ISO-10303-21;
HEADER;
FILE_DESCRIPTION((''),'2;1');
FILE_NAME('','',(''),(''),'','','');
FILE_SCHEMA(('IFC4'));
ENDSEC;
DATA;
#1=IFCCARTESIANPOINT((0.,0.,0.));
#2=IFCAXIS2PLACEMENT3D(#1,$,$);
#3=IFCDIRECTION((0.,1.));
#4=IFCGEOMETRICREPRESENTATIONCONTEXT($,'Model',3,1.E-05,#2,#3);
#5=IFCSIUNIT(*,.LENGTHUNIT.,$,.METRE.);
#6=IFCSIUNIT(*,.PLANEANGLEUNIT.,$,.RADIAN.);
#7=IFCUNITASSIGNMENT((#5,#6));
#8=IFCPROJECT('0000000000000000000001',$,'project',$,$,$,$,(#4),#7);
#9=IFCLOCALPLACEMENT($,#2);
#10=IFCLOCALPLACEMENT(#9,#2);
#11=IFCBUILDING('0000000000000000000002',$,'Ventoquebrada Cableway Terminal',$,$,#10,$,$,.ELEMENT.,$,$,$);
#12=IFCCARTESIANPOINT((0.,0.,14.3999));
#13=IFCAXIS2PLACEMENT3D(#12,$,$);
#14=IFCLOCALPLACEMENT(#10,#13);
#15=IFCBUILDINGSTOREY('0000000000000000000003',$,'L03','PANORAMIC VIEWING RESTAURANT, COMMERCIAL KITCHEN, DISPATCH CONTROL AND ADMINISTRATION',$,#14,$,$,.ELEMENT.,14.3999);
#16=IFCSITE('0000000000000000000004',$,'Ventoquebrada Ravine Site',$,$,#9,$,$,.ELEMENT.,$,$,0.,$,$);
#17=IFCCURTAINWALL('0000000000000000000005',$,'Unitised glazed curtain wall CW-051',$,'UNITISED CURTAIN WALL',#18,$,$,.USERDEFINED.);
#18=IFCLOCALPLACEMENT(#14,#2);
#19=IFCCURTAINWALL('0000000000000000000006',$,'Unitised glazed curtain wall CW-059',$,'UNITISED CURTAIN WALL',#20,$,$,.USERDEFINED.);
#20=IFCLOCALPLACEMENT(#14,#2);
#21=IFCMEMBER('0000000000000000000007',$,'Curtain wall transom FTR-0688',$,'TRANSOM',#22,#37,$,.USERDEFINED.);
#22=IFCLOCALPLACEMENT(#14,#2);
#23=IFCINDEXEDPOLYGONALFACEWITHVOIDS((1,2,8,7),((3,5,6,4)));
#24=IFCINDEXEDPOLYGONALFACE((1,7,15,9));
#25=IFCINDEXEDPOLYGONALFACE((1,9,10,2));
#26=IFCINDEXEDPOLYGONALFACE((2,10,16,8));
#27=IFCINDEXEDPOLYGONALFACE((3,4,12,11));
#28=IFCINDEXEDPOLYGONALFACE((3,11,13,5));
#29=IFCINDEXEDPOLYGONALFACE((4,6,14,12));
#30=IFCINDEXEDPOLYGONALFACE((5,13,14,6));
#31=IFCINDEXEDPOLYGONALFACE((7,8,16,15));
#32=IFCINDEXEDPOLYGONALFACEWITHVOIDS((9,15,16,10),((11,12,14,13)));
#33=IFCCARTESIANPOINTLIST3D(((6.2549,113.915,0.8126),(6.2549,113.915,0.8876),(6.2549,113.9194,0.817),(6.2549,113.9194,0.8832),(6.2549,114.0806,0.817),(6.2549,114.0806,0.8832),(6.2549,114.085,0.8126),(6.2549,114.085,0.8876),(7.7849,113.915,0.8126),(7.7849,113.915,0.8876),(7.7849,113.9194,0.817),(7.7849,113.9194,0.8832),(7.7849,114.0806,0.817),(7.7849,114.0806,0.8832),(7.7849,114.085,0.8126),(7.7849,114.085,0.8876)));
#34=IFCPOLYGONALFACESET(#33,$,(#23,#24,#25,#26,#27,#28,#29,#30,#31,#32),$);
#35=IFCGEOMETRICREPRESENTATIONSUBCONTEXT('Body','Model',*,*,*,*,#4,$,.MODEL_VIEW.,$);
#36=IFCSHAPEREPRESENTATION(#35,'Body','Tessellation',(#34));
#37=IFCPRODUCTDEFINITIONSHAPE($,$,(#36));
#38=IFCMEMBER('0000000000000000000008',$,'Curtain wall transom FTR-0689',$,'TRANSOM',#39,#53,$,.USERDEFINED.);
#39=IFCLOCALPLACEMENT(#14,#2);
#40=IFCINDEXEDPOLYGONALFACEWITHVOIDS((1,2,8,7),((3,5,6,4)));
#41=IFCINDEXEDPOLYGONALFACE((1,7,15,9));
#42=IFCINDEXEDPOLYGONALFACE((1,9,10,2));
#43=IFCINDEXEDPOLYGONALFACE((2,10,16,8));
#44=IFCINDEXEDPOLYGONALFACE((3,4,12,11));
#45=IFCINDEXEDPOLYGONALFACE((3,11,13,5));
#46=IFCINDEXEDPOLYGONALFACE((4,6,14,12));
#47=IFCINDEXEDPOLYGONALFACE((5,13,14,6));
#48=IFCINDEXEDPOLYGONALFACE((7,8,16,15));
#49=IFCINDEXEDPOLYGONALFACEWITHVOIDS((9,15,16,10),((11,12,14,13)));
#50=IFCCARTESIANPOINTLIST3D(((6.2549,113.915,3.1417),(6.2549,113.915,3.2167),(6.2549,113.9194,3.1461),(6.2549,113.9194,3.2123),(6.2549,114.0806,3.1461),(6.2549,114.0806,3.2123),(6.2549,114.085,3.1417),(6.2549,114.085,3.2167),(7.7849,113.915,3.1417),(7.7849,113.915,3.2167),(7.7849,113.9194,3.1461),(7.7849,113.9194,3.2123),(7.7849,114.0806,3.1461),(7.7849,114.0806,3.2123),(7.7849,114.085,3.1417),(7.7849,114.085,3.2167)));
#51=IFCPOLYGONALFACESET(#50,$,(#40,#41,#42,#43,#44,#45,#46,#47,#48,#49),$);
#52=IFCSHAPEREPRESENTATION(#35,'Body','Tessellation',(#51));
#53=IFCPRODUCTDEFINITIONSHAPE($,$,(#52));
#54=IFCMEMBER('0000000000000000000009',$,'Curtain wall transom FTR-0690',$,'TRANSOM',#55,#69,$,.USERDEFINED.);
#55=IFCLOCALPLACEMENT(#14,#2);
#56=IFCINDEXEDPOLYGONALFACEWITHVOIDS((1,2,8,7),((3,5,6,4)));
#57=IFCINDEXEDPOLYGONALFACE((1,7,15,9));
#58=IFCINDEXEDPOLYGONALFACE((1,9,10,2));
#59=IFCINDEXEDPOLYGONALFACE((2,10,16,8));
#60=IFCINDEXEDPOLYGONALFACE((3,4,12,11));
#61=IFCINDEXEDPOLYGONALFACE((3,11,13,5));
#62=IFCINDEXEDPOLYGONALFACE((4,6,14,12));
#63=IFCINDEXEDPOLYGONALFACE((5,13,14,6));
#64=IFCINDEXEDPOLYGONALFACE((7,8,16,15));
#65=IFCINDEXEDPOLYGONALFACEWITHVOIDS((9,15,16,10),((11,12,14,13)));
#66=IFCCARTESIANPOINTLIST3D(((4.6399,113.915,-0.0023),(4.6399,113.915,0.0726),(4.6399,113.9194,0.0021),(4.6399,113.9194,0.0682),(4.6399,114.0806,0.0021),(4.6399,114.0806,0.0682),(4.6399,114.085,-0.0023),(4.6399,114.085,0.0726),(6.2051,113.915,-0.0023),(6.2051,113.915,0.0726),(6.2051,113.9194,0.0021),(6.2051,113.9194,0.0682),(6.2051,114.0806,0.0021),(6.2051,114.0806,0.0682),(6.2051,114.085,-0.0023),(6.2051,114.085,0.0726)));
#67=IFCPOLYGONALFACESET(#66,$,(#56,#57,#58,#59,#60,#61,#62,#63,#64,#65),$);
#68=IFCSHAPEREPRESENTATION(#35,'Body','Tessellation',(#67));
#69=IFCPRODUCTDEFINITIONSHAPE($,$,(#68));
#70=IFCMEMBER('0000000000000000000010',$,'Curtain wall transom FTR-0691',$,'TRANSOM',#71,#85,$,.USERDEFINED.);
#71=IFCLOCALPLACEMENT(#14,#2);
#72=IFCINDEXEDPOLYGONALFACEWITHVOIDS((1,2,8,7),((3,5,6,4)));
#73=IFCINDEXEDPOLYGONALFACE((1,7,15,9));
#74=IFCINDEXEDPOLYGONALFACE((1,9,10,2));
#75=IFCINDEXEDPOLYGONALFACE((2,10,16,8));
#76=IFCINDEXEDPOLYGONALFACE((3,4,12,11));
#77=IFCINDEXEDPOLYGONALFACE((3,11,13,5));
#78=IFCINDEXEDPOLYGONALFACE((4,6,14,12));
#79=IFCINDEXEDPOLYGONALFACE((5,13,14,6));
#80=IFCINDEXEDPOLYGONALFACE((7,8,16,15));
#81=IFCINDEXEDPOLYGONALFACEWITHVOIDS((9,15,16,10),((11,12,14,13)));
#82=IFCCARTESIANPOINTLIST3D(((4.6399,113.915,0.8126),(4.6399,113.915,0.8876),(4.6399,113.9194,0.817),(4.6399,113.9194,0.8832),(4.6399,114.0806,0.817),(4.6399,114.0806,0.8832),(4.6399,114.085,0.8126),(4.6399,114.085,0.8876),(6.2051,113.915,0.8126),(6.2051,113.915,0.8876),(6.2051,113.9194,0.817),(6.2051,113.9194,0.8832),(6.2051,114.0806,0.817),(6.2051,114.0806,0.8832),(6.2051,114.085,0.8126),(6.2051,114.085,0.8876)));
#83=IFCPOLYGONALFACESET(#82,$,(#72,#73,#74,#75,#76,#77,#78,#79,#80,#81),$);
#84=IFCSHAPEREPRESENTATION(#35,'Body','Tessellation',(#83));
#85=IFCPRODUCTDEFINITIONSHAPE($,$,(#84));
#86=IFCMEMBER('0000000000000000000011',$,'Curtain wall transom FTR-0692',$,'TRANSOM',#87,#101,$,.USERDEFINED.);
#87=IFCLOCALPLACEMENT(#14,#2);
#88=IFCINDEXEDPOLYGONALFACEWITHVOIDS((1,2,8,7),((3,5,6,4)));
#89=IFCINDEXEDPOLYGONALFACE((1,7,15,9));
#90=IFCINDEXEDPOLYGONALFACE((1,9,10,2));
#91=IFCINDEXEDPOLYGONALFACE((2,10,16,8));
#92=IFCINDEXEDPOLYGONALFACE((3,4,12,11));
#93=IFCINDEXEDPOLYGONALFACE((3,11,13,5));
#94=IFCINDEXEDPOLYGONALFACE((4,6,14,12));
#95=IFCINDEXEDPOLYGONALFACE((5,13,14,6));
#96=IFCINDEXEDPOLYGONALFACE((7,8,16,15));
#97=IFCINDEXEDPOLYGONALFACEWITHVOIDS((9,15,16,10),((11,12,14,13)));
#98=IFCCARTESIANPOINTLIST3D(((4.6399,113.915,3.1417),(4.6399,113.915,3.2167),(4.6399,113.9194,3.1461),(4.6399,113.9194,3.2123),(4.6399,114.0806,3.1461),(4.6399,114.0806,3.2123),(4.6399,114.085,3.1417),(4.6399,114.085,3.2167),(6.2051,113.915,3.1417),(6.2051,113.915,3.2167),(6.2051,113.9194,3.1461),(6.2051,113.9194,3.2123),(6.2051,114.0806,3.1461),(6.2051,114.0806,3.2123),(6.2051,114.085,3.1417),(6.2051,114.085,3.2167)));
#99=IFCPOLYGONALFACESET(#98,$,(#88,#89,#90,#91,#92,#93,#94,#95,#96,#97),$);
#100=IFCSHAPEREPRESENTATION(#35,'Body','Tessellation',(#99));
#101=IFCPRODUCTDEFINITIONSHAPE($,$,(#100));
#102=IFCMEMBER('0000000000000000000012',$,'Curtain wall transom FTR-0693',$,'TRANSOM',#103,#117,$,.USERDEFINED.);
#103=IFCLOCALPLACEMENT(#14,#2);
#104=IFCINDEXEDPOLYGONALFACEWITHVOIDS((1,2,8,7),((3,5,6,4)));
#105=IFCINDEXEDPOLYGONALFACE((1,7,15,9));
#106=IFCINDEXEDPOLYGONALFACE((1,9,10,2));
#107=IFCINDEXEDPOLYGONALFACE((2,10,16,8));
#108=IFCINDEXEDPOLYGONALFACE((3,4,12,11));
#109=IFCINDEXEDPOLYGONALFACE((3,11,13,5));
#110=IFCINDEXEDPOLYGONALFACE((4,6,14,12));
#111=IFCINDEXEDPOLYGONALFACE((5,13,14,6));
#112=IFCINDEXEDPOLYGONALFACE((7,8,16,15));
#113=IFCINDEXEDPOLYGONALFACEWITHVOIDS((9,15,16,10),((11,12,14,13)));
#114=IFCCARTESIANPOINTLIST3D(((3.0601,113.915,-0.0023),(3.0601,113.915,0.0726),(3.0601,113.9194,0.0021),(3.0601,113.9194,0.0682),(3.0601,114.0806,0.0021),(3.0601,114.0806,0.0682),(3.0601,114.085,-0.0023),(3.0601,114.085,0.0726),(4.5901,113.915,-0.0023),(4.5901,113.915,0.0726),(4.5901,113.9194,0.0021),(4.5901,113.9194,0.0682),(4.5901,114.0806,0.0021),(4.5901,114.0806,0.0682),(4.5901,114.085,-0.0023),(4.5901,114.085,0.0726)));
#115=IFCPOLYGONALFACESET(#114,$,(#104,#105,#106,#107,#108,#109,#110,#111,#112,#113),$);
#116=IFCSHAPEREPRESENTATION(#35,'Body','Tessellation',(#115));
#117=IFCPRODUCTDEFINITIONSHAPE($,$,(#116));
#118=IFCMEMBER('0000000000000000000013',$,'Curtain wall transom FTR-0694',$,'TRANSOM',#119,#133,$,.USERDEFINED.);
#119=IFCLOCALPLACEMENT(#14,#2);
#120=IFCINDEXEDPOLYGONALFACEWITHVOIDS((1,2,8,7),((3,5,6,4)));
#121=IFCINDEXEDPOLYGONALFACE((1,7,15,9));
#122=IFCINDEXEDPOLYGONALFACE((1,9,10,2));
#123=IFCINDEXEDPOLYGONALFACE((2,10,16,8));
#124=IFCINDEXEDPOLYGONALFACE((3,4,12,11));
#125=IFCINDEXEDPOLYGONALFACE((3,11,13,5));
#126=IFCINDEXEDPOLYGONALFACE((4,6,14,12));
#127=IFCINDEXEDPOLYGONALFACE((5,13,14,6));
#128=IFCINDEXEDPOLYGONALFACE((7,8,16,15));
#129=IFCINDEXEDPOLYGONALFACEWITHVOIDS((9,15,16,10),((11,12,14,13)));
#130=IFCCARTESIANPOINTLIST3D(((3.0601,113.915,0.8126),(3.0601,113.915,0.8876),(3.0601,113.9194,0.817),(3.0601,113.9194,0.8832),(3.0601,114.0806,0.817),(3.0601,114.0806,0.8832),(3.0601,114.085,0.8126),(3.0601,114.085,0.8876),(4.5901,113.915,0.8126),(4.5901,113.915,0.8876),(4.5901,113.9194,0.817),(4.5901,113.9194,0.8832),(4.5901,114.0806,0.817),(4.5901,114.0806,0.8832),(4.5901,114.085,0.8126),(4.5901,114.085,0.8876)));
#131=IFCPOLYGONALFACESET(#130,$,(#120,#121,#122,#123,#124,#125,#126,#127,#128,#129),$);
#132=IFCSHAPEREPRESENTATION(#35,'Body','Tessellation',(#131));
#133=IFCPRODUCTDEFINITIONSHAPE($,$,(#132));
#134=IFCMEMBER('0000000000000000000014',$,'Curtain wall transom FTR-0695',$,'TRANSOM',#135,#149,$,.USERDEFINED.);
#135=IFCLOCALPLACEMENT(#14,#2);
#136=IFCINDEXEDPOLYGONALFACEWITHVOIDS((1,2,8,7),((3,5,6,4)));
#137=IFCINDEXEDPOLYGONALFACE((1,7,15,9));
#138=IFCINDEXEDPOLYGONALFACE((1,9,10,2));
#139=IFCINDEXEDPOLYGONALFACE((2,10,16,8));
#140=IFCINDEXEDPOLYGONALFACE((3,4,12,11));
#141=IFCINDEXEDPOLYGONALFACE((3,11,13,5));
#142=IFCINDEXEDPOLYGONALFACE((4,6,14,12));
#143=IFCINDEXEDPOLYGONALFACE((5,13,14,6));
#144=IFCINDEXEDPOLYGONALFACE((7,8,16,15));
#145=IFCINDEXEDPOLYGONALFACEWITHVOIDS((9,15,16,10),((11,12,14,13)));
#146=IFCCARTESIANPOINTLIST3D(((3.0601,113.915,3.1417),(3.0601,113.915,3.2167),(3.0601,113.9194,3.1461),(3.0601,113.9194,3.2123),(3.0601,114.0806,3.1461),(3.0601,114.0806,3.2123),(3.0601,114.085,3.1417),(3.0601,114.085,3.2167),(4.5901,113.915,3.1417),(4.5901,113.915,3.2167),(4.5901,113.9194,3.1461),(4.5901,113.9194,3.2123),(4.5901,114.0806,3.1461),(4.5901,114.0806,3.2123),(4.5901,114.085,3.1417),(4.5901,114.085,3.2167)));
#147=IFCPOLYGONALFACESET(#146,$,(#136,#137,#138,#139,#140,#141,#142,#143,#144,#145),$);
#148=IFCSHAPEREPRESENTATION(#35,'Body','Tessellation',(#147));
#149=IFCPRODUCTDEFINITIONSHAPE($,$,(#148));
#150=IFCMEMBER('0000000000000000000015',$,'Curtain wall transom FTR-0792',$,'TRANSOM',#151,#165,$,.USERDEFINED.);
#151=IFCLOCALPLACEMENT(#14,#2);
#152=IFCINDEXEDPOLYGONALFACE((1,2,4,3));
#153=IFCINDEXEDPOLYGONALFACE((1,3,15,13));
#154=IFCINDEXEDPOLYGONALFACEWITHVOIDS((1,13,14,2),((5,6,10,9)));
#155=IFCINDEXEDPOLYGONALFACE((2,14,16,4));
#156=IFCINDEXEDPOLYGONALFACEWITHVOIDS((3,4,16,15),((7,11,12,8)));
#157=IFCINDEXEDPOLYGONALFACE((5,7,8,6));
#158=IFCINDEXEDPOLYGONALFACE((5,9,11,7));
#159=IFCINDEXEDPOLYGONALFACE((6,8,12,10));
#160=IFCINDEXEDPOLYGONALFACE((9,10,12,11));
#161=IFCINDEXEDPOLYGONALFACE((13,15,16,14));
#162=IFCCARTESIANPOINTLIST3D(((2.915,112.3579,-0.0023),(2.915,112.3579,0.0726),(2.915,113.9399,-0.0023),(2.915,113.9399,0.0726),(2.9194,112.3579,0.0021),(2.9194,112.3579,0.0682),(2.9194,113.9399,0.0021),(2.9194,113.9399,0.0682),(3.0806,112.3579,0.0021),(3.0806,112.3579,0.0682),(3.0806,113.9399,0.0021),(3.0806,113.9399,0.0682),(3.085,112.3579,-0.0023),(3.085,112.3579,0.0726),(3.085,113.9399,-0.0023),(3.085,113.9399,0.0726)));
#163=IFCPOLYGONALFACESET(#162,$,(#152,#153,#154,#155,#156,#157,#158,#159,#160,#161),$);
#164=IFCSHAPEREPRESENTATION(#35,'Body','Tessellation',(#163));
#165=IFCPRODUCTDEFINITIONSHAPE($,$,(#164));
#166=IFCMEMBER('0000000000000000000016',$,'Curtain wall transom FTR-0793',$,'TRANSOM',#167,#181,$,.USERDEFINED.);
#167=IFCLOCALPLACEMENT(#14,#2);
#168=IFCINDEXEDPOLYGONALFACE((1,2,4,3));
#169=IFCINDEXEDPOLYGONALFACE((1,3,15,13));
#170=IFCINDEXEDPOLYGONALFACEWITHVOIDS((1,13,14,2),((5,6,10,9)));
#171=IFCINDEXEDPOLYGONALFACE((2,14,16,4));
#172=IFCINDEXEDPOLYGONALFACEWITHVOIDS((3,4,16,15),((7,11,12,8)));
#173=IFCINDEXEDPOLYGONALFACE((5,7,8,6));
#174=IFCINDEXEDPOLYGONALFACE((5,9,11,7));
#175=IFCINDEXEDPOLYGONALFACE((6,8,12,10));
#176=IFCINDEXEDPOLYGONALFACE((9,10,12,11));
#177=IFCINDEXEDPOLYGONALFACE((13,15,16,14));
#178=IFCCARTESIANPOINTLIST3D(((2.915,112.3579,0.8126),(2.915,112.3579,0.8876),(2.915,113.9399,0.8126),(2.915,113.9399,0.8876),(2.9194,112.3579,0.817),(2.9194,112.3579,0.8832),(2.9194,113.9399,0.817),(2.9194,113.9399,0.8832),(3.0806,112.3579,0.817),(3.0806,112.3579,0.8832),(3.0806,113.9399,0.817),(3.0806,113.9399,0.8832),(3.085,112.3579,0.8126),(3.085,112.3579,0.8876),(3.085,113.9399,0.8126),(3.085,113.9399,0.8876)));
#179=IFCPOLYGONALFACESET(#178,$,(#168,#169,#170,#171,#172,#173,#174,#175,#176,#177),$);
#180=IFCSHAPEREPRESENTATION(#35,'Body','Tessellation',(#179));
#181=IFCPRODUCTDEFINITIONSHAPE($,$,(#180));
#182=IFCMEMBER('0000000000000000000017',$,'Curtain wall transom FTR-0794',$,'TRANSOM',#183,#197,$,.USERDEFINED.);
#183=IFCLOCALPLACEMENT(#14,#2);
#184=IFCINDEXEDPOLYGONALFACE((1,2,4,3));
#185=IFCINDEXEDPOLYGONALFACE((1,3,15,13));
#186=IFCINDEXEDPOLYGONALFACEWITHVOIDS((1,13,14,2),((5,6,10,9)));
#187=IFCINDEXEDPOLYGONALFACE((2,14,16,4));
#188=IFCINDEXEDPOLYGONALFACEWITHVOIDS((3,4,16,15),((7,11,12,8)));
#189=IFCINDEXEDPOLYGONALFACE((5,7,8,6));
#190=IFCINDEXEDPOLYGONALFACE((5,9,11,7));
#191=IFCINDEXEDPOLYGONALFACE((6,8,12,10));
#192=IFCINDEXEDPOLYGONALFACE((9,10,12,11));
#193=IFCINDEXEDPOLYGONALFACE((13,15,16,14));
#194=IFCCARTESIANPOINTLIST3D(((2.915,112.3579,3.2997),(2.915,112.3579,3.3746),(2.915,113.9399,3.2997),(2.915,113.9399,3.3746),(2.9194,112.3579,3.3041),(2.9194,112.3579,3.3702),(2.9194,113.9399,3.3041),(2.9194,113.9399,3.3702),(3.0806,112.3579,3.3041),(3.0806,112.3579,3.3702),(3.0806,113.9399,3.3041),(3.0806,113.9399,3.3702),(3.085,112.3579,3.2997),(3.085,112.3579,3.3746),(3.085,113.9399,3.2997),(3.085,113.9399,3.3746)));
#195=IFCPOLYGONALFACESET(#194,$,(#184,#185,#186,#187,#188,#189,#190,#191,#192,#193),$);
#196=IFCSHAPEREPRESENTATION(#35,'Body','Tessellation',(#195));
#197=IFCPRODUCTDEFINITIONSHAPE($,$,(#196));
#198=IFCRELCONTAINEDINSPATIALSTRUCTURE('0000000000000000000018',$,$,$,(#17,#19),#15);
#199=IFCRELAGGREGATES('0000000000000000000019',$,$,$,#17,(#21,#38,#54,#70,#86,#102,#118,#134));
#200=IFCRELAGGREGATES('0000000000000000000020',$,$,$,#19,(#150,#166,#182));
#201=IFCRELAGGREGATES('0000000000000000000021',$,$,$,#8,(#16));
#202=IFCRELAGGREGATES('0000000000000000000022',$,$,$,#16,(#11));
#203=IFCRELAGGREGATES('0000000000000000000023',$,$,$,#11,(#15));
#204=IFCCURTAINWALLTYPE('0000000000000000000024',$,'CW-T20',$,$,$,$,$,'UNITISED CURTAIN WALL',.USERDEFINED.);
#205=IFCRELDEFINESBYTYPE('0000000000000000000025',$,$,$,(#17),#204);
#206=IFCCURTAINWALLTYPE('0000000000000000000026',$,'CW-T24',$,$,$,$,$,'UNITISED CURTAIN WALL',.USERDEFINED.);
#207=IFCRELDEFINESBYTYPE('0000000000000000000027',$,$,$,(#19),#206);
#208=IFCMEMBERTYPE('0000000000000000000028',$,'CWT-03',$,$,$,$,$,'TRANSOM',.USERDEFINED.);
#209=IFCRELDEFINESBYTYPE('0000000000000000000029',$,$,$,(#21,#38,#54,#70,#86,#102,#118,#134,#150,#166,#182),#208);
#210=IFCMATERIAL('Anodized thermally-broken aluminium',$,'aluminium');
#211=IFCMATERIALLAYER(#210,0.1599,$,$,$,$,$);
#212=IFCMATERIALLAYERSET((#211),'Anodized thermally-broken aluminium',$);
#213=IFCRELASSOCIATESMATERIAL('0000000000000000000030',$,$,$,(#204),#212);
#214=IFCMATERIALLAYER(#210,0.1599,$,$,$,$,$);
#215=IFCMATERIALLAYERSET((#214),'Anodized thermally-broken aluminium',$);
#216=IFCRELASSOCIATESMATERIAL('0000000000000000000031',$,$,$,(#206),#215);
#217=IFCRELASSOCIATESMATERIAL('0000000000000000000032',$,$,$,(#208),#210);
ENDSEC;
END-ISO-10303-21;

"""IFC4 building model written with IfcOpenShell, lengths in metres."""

from ifc_helpers import new_model, si_unit, direction, frame, origin, origin_2d, place, context, subcontext, project, spatial, hollow_rectangle, extrude, material, layer, layer_set, material_profile, profile_set, type_object, element, aggregate, save


model = new_model("IFC4")

# Units and contexts
model_context = context("Model", 3, precision=1e-05, world=origin(), true_north=direction((0.0, 1.0)))
body_context = subcontext(model_context, "Body", "Model", "MODEL_VIEW")
ifc_project = project(units=[si_unit("LENGTHUNIT", "METRE"), si_unit("PLANEANGLEUNIT", "RADIAN")], contexts=[model_context])

# Site, building, storey
site_placement = place(None, origin())
site = spatial("IfcSite", under=ifc_project, at=site_placement, Name="Ventoquebrada Ravine Site", CompositionType="ELEMENT", RefElevation=0.0)
building_placement = place(site_placement, origin())
building = spatial("IfcBuilding", under=site, at=building_placement, Name="Ventoquebrada Cableway Terminal", CompositionType="ELEMENT")
storey_placement = place(building_placement, frame((0.0, 0.0, 14.3999)))
storey = spatial("IfcBuildingStorey", under=building, at=storey_placement, Name="L03", Description="PANORAMIC VIEWING RESTAURANT, COMMERCIAL KITCHEN, DISPATCH CONTROL AND ADMINISTRATION", CompositionType="ELEMENT", Elevation=14.3999)

# Curtain wall
ifc_material_1 = material(Name="Anodized thermally-broken aluminium", Category="aluminium")
ifc_layer_1 = layer(ifc_material_1, 0.1599)
ifc_layer_set_1 = layer_set([ifc_layer_1], Name="Anodized thermally-broken aluminium")
curtain_wall_type_1 = type_object("IfcCurtainWallType", Name="CW-T20", ElementType="UNITISED CURTAIN WALL", PredefinedType="USERDEFINED", material=ifc_layer_set_1)
curtain_wall_1_placement = place(storey_placement, origin())
curtain_wall_1 = element("IfcCurtainWall", 1, at=curtain_wall_1_placement, inside=storey, type_object=curtain_wall_type_1, Name="Unitised glazed curtain wall CW-051", ObjectType="UNITISED CURTAIN WALL", PredefinedType="USERDEFINED")

# Curtain wall
ifc_layer_2 = layer(ifc_material_1, 0.1599)
ifc_layer_set_2 = layer_set([ifc_layer_2], Name="Anodized thermally-broken aluminium")
curtain_wall_type_2 = type_object("IfcCurtainWallType", Name="CW-T24", ElementType="UNITISED CURTAIN WALL", PredefinedType="USERDEFINED", material=ifc_layer_set_2)
curtain_wall_2_placement = place(storey_placement, origin())
curtain_wall_2 = element("IfcCurtainWall", 2, at=curtain_wall_2_placement, inside=storey, type_object=curtain_wall_type_2, Name="Unitised glazed curtain wall CW-059", ObjectType="UNITISED CURTAIN WALL", PredefinedType="USERDEFINED")

# Members
ifc_material_profile_1 = material_profile(ifc_material_1, hollow_rectangle(XDim=0.075, YDim=0.1699, WallThickness=0.0044, at=origin_2d()), Name="CW-TRN-75X170")
ifc_profile_set_1 = profile_set([ifc_material_profile_1], Name="Anodized thermally-broken aluminium")
member_type_1 = type_object("IfcMemberType", Name="CWT-03", ElementType="TRANSOM", PredefinedType="USERDEFINED", material=ifc_profile_set_1)
member_1_placement = place(storey_placement, frame((7.7849, 114.0, 0.8501), z_axis=(-1.0, 0.0, 0.0), x_axis=(0.0, 0.0, 1.0)))
member_1 = element("IfcMember", 3, at=member_1_placement, type_object=member_type_1, Name="Curtain wall transom FTR-0688", ObjectType="TRANSOM", PredefinedType="USERDEFINED", context=body_context, shape_type="SweptSolid", body=[
    extrude(hollow_rectangle(XDim=0.075, YDim=0.1699, WallThickness=0.0044, at=origin_2d()), origin(), (0.0, 0.0, 1.0), 1.53),
])
member_2_placement = place(storey_placement, frame((7.7849, 114.0, 3.1792), z_axis=(-1.0, 0.0, 0.0), x_axis=(0.0, 0.0, 1.0)))
member_2 = element("IfcMember", 4, at=member_2_placement, type_object=member_type_1, Name="Curtain wall transom FTR-0689", ObjectType="TRANSOM", PredefinedType="USERDEFINED", context=body_context, shape_type="SweptSolid", body=[
    extrude(hollow_rectangle(XDim=0.075, YDim=0.1699, WallThickness=0.0044, at=origin_2d()), origin(), (0.0, 0.0, 1.0), 1.53),
])
member_3_placement = place(storey_placement, frame((6.2051, 114.0, 0.0352), z_axis=(-1.0, 0.0, 0.0), x_axis=(0.0, 0.0, 1.0)))
member_3 = element("IfcMember", 5, at=member_3_placement, type_object=member_type_1, Name="Curtain wall transom FTR-0690", ObjectType="TRANSOM", PredefinedType="USERDEFINED", context=body_context, shape_type="SweptSolid", body=[
    extrude(hollow_rectangle(XDim=0.075, YDim=0.1699, WallThickness=0.0044, at=origin_2d()), origin(), (0.0, 0.0, 1.0), 1.5652),
])
member_4_placement = place(storey_placement, frame((6.2051, 114.0, 0.8501), z_axis=(-1.0, 0.0, 0.0), x_axis=(0.0, 0.0, 1.0)))
member_4 = element("IfcMember", 6, at=member_4_placement, type_object=member_type_1, Name="Curtain wall transom FTR-0691", ObjectType="TRANSOM", PredefinedType="USERDEFINED", context=body_context, shape_type="SweptSolid", body=[
    extrude(hollow_rectangle(XDim=0.075, YDim=0.1699, WallThickness=0.0044, at=origin_2d()), origin(), (0.0, 0.0, 1.0), 1.5652),
])
member_5_placement = place(storey_placement, frame((6.2051, 114.0, 3.1792), z_axis=(-1.0, 0.0, 0.0), x_axis=(0.0, 0.0, 1.0)))
member_5 = element("IfcMember", 7, at=member_5_placement, type_object=member_type_1, Name="Curtain wall transom FTR-0692", ObjectType="TRANSOM", PredefinedType="USERDEFINED", context=body_context, shape_type="SweptSolid", body=[
    extrude(hollow_rectangle(XDim=0.075, YDim=0.1699, WallThickness=0.0044, at=origin_2d()), origin(), (0.0, 0.0, 1.0), 1.5652),
])
member_6_placement = place(storey_placement, frame((4.5901, 114.0, 0.0352), z_axis=(-1.0, 0.0, 0.0), x_axis=(0.0, 0.0, 1.0)))
member_6 = element("IfcMember", 8, at=member_6_placement, type_object=member_type_1, Name="Curtain wall transom FTR-0693", ObjectType="TRANSOM", PredefinedType="USERDEFINED", context=body_context, shape_type="SweptSolid", body=[
    extrude(hollow_rectangle(XDim=0.075, YDim=0.1699, WallThickness=0.0044, at=origin_2d()), origin(), (0.0, 0.0, 1.0), 1.53),
])
member_7_placement = place(storey_placement, frame((4.5901, 114.0, 0.8501), z_axis=(-1.0, 0.0, 0.0), x_axis=(0.0, 0.0, 1.0)))
member_7 = element("IfcMember", 9, at=member_7_placement, type_object=member_type_1, Name="Curtain wall transom FTR-0694", ObjectType="TRANSOM", PredefinedType="USERDEFINED", context=body_context, shape_type="SweptSolid", body=[
    extrude(hollow_rectangle(XDim=0.075, YDim=0.1699, WallThickness=0.0044, at=origin_2d()), origin(), (0.0, 0.0, 1.0), 1.53),
])
member_8_placement = place(storey_placement, frame((4.5901, 114.0, 3.1792), z_axis=(-1.0, 0.0, 0.0), x_axis=(0.0, 0.0, 1.0)))
member_8 = element("IfcMember", 10, at=member_8_placement, type_object=member_type_1, Name="Curtain wall transom FTR-0695", ObjectType="TRANSOM", PredefinedType="USERDEFINED", context=body_context, shape_type="SweptSolid", body=[
    extrude(hollow_rectangle(XDim=0.075, YDim=0.1699, WallThickness=0.0044, at=origin_2d()), origin(), (0.0, 0.0, 1.0), 1.53),
])
member_9_placement = place(storey_placement, frame((3.0, 113.9399, 0.0352), z_axis=(0.0, -1.0, 0.0), x_axis=(0.0, 0.0, 1.0)))
member_9 = element("IfcMember", 11, at=member_9_placement, type_object=member_type_1, Name="Curtain wall transom FTR-0792", ObjectType="TRANSOM", PredefinedType="USERDEFINED", context=body_context, shape_type="SweptSolid", body=[
    extrude(hollow_rectangle(XDim=0.075, YDim=0.1699, WallThickness=0.0044, at=origin_2d()), origin(), (0.0, 0.0, 1.0), 1.582),
])
member_10_placement = place(storey_placement, frame((3.0, 113.9399, 0.8501), z_axis=(0.0, -1.0, 0.0), x_axis=(0.0, 0.0, 1.0)))
member_10 = element("IfcMember", 12, at=member_10_placement, type_object=member_type_1, Name="Curtain wall transom FTR-0793", ObjectType="TRANSOM", PredefinedType="USERDEFINED", context=body_context, shape_type="SweptSolid", body=[
    extrude(hollow_rectangle(XDim=0.075, YDim=0.1699, WallThickness=0.0044, at=origin_2d()), origin(), (0.0, 0.0, 1.0), 1.582),
])
member_11_placement = place(storey_placement, frame((3.0, 113.9399, 3.3372), z_axis=(0.0, -1.0, 0.0), x_axis=(0.0, 0.0, 1.0)))
member_11 = element("IfcMember", 13, at=member_11_placement, type_object=member_type_1, Name="Curtain wall transom FTR-0794", ObjectType="TRANSOM", PredefinedType="USERDEFINED", context=body_context, shape_type="SweptSolid", body=[
    extrude(hollow_rectangle(XDim=0.075, YDim=0.1699, WallThickness=0.0044, at=origin_2d()), origin(), (0.0, 0.0, 1.0), 1.582),
])

aggregate(curtain_wall_1, [member_1, member_2, member_3, member_4, member_5, member_6, member_7, member_8])
aggregate(curtain_wall_2, [member_9, member_10, member_11])

save(model, "model.ifc")
